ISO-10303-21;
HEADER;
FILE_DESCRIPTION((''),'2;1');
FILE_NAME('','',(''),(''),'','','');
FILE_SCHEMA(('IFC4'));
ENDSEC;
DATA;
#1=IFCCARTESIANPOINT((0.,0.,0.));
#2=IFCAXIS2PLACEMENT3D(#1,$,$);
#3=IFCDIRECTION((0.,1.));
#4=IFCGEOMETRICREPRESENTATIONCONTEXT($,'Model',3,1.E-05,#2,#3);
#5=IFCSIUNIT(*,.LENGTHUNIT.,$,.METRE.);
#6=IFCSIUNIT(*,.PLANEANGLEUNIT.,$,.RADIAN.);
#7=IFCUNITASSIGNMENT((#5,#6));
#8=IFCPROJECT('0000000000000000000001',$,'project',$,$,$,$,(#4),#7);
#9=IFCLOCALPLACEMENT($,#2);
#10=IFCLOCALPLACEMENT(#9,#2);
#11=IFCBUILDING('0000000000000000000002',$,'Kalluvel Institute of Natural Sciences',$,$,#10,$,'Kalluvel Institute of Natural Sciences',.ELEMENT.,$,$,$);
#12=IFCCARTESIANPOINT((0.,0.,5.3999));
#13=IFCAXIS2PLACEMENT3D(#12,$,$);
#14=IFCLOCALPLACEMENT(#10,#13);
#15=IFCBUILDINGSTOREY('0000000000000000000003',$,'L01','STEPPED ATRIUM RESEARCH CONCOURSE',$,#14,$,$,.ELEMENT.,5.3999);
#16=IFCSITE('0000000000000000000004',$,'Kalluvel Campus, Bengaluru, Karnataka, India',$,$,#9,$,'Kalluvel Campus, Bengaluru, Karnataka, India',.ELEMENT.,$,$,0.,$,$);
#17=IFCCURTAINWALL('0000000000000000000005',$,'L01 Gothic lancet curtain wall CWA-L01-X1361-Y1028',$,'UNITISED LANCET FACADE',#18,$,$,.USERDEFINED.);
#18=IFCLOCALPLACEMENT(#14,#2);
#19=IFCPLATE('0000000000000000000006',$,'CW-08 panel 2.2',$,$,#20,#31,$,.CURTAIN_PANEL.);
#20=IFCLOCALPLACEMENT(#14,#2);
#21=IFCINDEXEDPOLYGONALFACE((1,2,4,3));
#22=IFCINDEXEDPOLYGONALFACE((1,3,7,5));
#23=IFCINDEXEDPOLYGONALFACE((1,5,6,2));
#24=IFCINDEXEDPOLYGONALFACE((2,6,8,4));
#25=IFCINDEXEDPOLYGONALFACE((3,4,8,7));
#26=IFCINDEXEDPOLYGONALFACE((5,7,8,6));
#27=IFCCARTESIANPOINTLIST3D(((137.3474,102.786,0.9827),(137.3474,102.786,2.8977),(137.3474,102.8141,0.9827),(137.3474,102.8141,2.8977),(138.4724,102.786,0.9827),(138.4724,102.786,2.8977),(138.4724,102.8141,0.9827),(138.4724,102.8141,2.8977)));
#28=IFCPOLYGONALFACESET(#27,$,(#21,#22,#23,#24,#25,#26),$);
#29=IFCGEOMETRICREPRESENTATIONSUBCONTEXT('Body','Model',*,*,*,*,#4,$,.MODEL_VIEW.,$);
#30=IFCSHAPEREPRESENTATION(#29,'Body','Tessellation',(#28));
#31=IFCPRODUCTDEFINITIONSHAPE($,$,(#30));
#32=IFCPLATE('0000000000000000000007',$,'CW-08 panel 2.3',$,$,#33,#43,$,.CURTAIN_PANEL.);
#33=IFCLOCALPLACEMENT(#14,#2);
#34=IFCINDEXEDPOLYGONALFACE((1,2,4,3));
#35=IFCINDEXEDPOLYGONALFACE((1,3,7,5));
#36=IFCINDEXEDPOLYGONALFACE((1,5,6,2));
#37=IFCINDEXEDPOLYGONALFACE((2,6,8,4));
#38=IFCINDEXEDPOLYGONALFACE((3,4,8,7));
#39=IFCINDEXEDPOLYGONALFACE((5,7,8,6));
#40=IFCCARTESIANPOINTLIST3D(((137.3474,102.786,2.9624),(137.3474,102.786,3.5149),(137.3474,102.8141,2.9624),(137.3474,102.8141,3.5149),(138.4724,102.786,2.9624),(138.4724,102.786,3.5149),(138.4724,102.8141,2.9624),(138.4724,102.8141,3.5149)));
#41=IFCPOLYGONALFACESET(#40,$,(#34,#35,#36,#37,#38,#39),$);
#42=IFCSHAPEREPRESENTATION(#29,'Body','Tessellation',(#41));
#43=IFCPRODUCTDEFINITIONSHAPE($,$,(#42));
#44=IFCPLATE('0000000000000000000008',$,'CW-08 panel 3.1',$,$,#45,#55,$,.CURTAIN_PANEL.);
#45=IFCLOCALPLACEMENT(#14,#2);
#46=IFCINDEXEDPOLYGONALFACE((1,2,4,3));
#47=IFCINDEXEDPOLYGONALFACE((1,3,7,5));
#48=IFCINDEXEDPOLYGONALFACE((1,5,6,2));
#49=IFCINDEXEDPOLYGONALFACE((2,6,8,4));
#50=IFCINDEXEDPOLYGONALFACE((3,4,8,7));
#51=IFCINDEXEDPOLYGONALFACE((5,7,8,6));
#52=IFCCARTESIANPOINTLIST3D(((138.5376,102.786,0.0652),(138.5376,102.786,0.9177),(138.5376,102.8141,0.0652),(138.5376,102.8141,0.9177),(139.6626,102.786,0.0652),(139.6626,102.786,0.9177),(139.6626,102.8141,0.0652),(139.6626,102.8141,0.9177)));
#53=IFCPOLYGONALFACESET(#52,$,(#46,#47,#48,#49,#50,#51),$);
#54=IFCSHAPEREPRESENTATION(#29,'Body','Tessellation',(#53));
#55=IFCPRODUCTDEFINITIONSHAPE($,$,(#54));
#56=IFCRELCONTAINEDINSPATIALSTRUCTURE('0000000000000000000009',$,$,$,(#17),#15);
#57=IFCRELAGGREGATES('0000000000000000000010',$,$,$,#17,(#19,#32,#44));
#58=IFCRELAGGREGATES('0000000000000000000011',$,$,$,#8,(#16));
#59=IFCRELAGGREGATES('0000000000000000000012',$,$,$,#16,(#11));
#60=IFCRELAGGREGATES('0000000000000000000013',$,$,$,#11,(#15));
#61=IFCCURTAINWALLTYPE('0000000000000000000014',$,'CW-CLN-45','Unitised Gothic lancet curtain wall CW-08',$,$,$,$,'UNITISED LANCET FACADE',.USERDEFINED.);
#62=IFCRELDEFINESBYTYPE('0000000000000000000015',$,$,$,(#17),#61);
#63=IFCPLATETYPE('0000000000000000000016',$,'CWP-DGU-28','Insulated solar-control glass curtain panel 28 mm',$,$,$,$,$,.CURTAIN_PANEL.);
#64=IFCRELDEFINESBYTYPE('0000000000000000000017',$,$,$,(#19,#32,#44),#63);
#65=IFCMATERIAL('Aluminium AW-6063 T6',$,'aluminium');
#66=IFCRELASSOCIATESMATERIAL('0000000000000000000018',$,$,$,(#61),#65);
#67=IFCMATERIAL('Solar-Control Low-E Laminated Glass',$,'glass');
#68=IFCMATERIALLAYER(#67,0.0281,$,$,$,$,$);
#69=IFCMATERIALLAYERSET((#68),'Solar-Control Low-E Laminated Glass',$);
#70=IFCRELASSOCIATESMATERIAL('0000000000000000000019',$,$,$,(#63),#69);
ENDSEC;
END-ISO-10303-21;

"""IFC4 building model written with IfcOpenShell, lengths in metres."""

from ifc_helpers import new_model, si_unit, direction, frame, origin, origin_2d, place, context, subcontext, project, spatial, rectangle, extrude, material, layer, layer_set, type_object, element, aggregate, save


model = new_model("IFC4")

# Units and contexts
model_context = context("Model", 3, precision=1e-05, world=origin(), true_north=direction((0.0, 1.0)))
body_context = subcontext(model_context, "Body", "Model", "MODEL_VIEW")
ifc_project = project(units=[si_unit("LENGTHUNIT", "METRE"), si_unit("PLANEANGLEUNIT", "RADIAN")], contexts=[model_context])

# Site, building, storey
site_placement = place(None, origin())
site = spatial("IfcSite", under=ifc_project, at=site_placement, Name="Kalluvel Campus, Bengaluru, Karnataka, India", LongName="Kalluvel Campus, Bengaluru, Karnataka, India", CompositionType="ELEMENT", RefElevation=0.0)
building_placement = place(site_placement, origin())
building = spatial("IfcBuilding", under=site, at=building_placement, Name="Kalluvel Institute of Natural Sciences", LongName="Kalluvel Institute of Natural Sciences", CompositionType="ELEMENT")
storey_placement = place(building_placement, frame((0.0, 0.0, 5.3999)))
storey = spatial("IfcBuildingStorey", under=building, at=storey_placement, Name="L01", Description="STEPPED ATRIUM RESEARCH CONCOURSE", CompositionType="ELEMENT", Elevation=5.3999)

# Shared definitions
ifc_material_1 = material(Name="Aluminium AW-6063 T6", Category="aluminium")
curtain_wall_type = type_object("IfcCurtainWallType", Name="CW-CLN-45", Description="Unitised Gothic lancet curtain wall CW-08", ElementType="UNITISED LANCET FACADE", PredefinedType="USERDEFINED", material=ifc_material_1)

# Curtain wall
curtain_wall_1_placement = place(storey_placement, origin())
curtain_wall_1 = element("IfcCurtainWall", 1, at=curtain_wall_1_placement, inside=storey, type_object=curtain_wall_type, Name="L01 Gothic lancet curtain wall CWA-L01-X1361-Y1028", ObjectType="UNITISED LANCET FACADE", PredefinedType="USERDEFINED")

# Plates
ifc_material_2 = material(Name="Solar-Control Low-E Laminated Glass", Category="glass")
ifc_layer = layer(ifc_material_2, 0.0281)
ifc_layer_set = layer_set([ifc_layer], Name="Solar-Control Low-E Laminated Glass")
plate_type = type_object("IfcPlateType", Name="CWP-DGU-28", Description="Insulated solar-control glass curtain panel 28 mm", PredefinedType="CURTAIN_PANEL", material=ifc_layer_set)
plate_1_placement = place(storey_placement, frame((137.9099, 102.8, 0.9827), z_axis=(0.0, 0.0, 1.0), x_axis=(1.0, 0.0, 0.0)))
plate_1 = element("IfcPlate", 2, at=plate_1_placement, type_object=plate_type, Name="CW-08 panel 2.2", PredefinedType="CURTAIN_PANEL", context=body_context, shape_type="SweptSolid", body=[
    extrude(rectangle(XDim=1.125, YDim=0.0281, at=origin_2d()), origin(), (0.0, 0.0, 1.0), 1.915),
])
plate_2_placement = place(storey_placement, frame((137.9099, 102.8, 2.9624), z_axis=(0.0, 0.0, 1.0), x_axis=(1.0, 0.0, 0.0)))
plate_2 = element("IfcPlate", 3, at=plate_2_placement, type_object=plate_type, Name="CW-08 panel 2.3", PredefinedType="CURTAIN_PANEL", context=body_context, shape_type="SweptSolid", body=[
    extrude(rectangle(XDim=1.125, YDim=0.0281, at=origin_2d()), origin(), (0.0, 0.0, 1.0), 0.5525),
])
plate_3_placement = place(storey_placement, frame((139.1001, 102.8, 0.0652), z_axis=(0.0, 0.0, 1.0), x_axis=(1.0, 0.0, 0.0)))
plate_3 = element("IfcPlate", 4, at=plate_3_placement, type_object=plate_type, Name="CW-08 panel 3.1", PredefinedType="CURTAIN_PANEL", context=body_context, shape_type="SweptSolid", body=[
    extrude(rectangle(XDim=1.125, YDim=0.0281, at=origin_2d()), origin(), (0.0, 0.0, 1.0), 0.8525),
])
aggregate(curtain_wall_1, [plate_1, plate_2, plate_3])

save(model, "model.ifc")
